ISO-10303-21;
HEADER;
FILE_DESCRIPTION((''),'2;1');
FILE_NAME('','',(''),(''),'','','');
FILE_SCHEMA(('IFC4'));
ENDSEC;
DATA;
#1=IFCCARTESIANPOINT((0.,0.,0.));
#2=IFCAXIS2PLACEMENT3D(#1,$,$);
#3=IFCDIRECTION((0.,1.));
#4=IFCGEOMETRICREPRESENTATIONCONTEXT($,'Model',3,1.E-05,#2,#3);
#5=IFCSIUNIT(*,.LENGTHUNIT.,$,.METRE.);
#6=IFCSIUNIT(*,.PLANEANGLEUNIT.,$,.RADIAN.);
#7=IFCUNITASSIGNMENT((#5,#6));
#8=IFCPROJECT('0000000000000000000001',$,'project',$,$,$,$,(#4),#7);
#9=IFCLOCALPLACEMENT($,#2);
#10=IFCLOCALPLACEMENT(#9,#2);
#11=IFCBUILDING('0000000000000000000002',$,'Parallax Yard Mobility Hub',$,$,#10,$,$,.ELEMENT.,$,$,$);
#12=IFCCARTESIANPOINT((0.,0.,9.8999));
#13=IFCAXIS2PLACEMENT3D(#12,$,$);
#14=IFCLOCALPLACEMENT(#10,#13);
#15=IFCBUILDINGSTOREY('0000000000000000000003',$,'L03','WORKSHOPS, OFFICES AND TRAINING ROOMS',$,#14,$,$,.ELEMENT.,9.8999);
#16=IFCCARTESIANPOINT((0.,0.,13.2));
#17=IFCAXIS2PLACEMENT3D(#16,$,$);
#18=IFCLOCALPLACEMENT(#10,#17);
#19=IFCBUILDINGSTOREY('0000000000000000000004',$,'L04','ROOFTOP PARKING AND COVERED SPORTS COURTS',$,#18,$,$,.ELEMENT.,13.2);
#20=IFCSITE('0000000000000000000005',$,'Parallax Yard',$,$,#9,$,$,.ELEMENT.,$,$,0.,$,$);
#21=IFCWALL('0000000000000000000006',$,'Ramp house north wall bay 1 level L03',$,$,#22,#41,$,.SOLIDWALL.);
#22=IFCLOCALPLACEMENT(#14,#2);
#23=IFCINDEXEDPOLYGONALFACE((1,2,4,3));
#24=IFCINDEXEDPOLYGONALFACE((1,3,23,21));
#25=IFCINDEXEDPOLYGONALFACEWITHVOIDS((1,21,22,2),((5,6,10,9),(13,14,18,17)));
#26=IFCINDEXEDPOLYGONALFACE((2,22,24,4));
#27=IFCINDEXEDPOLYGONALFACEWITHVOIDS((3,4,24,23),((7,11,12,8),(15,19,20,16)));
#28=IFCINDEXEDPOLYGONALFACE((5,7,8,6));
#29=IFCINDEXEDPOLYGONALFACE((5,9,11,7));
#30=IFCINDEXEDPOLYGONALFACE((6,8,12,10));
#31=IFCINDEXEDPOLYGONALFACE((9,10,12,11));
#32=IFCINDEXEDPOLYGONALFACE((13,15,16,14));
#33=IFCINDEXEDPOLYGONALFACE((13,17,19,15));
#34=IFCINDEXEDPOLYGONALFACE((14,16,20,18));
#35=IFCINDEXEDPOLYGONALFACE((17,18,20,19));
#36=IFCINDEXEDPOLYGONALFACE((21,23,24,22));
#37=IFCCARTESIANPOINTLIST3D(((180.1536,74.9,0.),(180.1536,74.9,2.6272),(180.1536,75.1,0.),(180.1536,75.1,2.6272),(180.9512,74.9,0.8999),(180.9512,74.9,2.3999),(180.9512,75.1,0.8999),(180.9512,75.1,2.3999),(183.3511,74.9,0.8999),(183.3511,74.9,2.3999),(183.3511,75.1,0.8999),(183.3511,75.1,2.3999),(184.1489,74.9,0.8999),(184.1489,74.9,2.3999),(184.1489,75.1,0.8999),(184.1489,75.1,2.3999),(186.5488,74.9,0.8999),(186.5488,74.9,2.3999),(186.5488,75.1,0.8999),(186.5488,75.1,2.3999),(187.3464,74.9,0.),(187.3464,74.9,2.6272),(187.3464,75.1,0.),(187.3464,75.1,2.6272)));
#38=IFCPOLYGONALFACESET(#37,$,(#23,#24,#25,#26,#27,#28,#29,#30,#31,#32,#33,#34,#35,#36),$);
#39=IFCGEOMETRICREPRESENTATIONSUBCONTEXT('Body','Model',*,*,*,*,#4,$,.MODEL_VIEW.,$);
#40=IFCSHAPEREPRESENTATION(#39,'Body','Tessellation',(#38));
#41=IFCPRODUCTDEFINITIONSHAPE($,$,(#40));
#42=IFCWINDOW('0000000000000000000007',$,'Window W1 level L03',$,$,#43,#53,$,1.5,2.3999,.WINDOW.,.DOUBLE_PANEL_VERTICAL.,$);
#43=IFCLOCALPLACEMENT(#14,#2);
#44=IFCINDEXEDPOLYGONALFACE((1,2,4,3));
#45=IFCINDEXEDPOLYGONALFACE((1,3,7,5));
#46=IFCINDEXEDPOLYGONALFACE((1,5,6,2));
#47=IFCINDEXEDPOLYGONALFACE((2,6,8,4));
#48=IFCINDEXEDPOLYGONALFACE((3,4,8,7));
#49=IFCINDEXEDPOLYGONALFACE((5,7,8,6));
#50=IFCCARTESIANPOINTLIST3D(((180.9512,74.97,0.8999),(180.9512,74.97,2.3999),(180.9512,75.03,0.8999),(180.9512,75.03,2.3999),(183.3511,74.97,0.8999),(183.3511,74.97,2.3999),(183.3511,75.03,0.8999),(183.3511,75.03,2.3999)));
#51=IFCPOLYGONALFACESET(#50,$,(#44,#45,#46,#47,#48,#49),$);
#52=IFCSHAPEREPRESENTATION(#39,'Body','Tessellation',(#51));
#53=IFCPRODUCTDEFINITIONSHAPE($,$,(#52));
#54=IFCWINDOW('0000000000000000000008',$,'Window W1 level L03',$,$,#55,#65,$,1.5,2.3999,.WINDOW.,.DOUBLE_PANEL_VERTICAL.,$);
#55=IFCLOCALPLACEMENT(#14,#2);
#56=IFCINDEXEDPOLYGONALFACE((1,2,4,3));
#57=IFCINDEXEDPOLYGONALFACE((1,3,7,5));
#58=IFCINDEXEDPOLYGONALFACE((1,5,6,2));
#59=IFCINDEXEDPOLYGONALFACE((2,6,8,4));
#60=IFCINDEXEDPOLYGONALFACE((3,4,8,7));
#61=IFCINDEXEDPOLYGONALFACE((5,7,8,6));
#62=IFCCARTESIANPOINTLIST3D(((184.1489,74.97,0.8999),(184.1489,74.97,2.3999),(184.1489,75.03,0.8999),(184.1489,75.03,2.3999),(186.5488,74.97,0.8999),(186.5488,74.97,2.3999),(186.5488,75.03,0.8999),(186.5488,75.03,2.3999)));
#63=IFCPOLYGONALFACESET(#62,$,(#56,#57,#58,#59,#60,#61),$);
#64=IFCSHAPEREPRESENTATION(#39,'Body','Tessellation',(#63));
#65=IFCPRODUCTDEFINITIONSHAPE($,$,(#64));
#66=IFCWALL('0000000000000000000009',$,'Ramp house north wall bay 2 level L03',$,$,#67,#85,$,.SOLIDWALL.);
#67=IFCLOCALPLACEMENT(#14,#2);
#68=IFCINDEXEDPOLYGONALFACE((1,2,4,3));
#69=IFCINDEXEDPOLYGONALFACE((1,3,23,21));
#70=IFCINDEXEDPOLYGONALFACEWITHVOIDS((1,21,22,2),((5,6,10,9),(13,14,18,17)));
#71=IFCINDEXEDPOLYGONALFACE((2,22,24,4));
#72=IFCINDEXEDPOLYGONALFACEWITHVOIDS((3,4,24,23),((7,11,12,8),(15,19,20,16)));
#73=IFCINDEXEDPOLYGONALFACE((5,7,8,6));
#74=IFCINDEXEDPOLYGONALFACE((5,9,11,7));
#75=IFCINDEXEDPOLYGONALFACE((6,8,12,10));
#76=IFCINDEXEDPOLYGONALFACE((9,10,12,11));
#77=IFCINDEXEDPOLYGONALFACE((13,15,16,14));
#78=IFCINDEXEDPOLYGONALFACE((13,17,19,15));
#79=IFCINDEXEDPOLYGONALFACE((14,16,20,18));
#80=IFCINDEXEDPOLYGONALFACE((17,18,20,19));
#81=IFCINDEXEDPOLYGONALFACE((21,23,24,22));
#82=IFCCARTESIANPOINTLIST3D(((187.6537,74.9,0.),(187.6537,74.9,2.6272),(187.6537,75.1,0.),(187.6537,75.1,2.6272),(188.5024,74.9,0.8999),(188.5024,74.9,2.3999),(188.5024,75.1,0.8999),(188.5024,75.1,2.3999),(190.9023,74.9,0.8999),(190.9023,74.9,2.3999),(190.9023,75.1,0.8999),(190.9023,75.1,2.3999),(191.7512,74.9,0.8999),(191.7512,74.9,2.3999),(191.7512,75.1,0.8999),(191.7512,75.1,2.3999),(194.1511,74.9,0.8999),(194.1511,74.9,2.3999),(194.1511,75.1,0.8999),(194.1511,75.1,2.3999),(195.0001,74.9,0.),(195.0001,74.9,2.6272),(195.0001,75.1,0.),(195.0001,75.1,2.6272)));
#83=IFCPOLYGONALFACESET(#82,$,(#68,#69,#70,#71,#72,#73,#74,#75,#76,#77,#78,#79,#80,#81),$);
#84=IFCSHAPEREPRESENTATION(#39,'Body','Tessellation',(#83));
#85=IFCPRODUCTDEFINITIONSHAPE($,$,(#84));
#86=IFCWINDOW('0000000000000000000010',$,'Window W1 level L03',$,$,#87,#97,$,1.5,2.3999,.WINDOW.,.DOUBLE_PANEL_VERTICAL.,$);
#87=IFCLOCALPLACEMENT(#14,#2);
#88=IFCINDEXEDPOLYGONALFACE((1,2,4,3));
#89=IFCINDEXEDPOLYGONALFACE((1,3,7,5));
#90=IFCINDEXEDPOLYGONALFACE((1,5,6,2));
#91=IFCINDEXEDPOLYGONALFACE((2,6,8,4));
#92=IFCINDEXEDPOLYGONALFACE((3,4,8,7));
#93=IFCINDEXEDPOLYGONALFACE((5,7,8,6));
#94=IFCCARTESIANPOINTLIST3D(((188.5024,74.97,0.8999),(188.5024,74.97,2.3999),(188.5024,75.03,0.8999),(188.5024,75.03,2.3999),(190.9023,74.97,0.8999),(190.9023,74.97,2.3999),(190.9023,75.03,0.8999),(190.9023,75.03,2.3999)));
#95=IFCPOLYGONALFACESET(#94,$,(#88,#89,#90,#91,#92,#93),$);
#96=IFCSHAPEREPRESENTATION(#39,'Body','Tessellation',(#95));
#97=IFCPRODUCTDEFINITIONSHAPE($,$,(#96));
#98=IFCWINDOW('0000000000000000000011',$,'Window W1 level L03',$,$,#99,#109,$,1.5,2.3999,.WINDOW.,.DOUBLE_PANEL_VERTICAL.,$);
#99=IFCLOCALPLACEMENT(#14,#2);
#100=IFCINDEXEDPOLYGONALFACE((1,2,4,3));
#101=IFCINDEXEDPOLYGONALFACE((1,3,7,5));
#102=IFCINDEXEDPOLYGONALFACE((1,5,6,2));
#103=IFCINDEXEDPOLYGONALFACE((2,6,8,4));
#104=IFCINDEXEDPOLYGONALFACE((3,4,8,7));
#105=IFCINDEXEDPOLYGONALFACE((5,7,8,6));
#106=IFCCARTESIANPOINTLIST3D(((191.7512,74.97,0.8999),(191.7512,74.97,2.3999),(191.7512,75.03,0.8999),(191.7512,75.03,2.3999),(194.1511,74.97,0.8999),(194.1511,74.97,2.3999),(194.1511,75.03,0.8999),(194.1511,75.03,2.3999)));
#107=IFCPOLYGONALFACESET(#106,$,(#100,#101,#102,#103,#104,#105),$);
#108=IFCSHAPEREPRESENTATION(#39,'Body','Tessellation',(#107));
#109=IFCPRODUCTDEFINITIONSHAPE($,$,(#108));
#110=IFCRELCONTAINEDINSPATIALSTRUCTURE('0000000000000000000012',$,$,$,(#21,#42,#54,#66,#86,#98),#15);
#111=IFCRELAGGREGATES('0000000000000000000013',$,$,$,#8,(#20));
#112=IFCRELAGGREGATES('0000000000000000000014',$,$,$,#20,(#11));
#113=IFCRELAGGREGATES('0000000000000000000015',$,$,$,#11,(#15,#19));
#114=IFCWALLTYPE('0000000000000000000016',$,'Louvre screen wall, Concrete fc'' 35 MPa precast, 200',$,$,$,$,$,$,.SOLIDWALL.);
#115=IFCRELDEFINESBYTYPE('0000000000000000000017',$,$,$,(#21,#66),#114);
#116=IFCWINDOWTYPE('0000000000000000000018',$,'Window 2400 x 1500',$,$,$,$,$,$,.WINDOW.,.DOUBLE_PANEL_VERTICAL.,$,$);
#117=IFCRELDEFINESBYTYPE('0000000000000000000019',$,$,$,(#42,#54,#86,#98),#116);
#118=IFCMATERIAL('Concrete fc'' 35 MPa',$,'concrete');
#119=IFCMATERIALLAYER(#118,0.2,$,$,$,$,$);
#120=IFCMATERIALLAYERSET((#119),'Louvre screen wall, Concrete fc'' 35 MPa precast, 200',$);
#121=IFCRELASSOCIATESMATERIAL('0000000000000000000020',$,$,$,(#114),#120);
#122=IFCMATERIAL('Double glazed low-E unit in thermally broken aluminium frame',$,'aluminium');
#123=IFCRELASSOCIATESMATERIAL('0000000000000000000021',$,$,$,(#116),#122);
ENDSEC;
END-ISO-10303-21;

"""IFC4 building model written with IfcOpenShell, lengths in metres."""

from ifc_helpers import new_model, si_unit, direction, frame, frame_2d, origin, place, context, subcontext, project, spatial, rectangle, extrude, material, layer, layer_set, type_object, element, fill, save


model = new_model("IFC4")

# Units and contexts
model_context = context("Model", 3, precision=1e-05, world=origin(), true_north=direction((0.0, 1.0)))
body_context = subcontext(model_context, "Body", "Model", "MODEL_VIEW")
ifc_project = project(units=[si_unit("LENGTHUNIT", "METRE"), si_unit("PLANEANGLEUNIT", "RADIAN")], contexts=[model_context])

# Site, building, storey
site_placement = place(None, origin())
site = spatial("IfcSite", under=ifc_project, at=site_placement, Name="Parallax Yard", CompositionType="ELEMENT", RefElevation=0.0)
building_placement = place(site_placement, origin())
building = spatial("IfcBuilding", under=site, at=building_placement, Name="Parallax Yard Mobility Hub", CompositionType="ELEMENT")
storey_1_placement = place(building_placement, frame((0.0, 0.0, 9.8999)))
storey_1 = spatial("IfcBuildingStorey", under=building, at=storey_1_placement, Name="L03", Description="WORKSHOPS, OFFICES AND TRAINING ROOMS", CompositionType="ELEMENT", Elevation=9.8999)

# Walls, openings, windows
ifc_material_1 = material(Name="Concrete fc' 35 MPa", Category="concrete")
ifc_layer = layer(ifc_material_1, 0.2)
ifc_layer_set = layer_set([ifc_layer], Name="Louvre screen wall, Concrete fc' 35 MPa precast, 200")
wall_type = type_object("IfcWallType", Name="Louvre screen wall, Concrete fc' 35 MPa precast, 200", PredefinedType="SOLIDWALL", material=ifc_layer_set)
wall_1_placement = place(storey_1_placement, frame((180.1536, 75.0, 0.0), z_axis=(0.0, 0.0, 1.0), x_axis=(1.0, 0.0, 0.0)))
wall_1 = element("IfcWall", 1, at=wall_1_placement, inside=storey_1, type_object=wall_type, Name="Ramp house north wall bay 1 level L03", PredefinedType="SOLIDWALL", context=body_context, shape_type="SweptSolid", body=[
    extrude(rectangle(XDim=7.1929, YDim=0.2, at=frame_2d((3.5964, 0.0))), origin(), (0.0, 0.0, 1.0), 2.6272),
])
opening_1_placement = place(wall_1_placement, frame((0.7976, 0.0, 0.8999)))
opening_1 = element("IfcOpeningElement", 2, at=opening_1_placement, cuts=wall_1, PredefinedType="OPENING", context=body_context, shape_type="SweptSolid", body=[
    extrude(rectangle(XDim=2.3999, YDim=1.5, at=frame_2d((1.2, 0.75))), frame((0.0, 0.1099, 0.0), z_axis=(0.0, -1.0, 0.0), x_axis=(1.0, 0.0, 0.0)), (0.0, 0.0, 1.0), 0.22),
])
opening_2_placement = place(wall_1_placement, frame((3.9954, 0.0, 0.8999)))
opening_2 = element("IfcOpeningElement", 3, at=opening_2_placement, cuts=wall_1, PredefinedType="OPENING", context=body_context, shape_type="SweptSolid", body=[
    extrude(rectangle(XDim=2.3999, YDim=1.5, at=frame_2d((1.2, 0.75))), frame((0.0, 0.1099, 0.0), z_axis=(0.0, -1.0, 0.0), x_axis=(1.0, 0.0, 0.0)), (0.0, 0.0, 1.0), 0.22),
])
ifc_material_2 = material(Name="Double glazed low-E unit in thermally broken aluminium frame", Category="aluminium")
window_type_1 = type_object("IfcWindowType", Name="Window 2400 x 1500", PartitioningType="DOUBLE_PANEL_VERTICAL", PredefinedType="WINDOW", material=ifc_material_2)
window_1_placement = place(opening_1_placement, origin())
window_1 = element("IfcWindow", 4, at=window_1_placement, inside=storey_1, type_object=window_type_1, Name="Window W1 level L03", OverallHeight=1.5, OverallWidth=2.3999, PartitioningType="DOUBLE_PANEL_VERTICAL", PredefinedType="WINDOW", context=body_context, shape_type="SweptSolid", body=[
    extrude(rectangle(XDim=2.3999, YDim=1.5, at=frame_2d((1.2, 0.75))), frame((0.0, 0.03, 0.0), z_axis=(0.0, -1.0, 0.0), x_axis=(1.0, 0.0, 0.0)), (0.0, 0.0, 1.0), 0.0601),
])
fill(opening_1, window_1)
window_2_placement = place(opening_2_placement, origin())
window_2 = element("IfcWindow", 5, at=window_2_placement, inside=storey_1, type_object=window_type_1, Name="Window W1 level L03", OverallHeight=1.5, OverallWidth=2.3999, PartitioningType="DOUBLE_PANEL_VERTICAL", PredefinedType="WINDOW", context=body_context, shape_type="SweptSolid", body=[
    extrude(rectangle(XDim=2.3999, YDim=1.5, at=frame_2d((1.2, 0.75))), frame((0.0, 0.03, 0.0), z_axis=(0.0, -1.0, 0.0), x_axis=(1.0, 0.0, 0.0)), (0.0, 0.0, 1.0), 0.0601),
])
fill(opening_2, window_2)
wall_2_placement = place(storey_1_placement, frame((187.6536, 75.0, 0.0), z_axis=(0.0, 0.0, 1.0), x_axis=(1.0, 0.0, 0.0)))
wall_2 = element("IfcWall", 6, at=wall_2_placement, inside=storey_1, type_object=wall_type, Name="Ramp house north wall bay 2 level L03", PredefinedType="SOLIDWALL", context=body_context, shape_type="SweptSolid", body=[
    extrude(rectangle(XDim=7.3464, YDim=0.2, at=frame_2d((3.6733, 0.0))), origin(), (0.0, 0.0, 1.0), 2.6272),
])
opening_3_placement = place(wall_2_placement, frame((0.8489, 0.0, 0.8999)))
opening_3 = element("IfcOpeningElement", 7, at=opening_3_placement, cuts=wall_2, PredefinedType="OPENING", context=body_context, shape_type="SweptSolid", body=[
    extrude(rectangle(XDim=2.3999, YDim=1.5, at=frame_2d((1.2, 0.75))), frame((0.0, 0.1099, 0.0), z_axis=(0.0, -1.0, 0.0), x_axis=(1.0, 0.0, 0.0)), (0.0, 0.0, 1.0), 0.22),
])
opening_4_placement = place(wall_2_placement, frame((4.0977, 0.0, 0.8999)))
opening_4 = element("IfcOpeningElement", 8, at=opening_4_placement, cuts=wall_2, PredefinedType="OPENING", context=body_context, shape_type="SweptSolid", body=[
    extrude(rectangle(XDim=2.3999, YDim=1.5, at=frame_2d((1.2, 0.75))), frame((0.0, 0.1099, 0.0), z_axis=(0.0, -1.0, 0.0), x_axis=(1.0, 0.0, 0.0)), (0.0, 0.0, 1.0), 0.22),
])
window_3_placement = place(opening_3_placement, origin())
window_3 = element("IfcWindow", 9, at=window_3_placement, inside=storey_1, type_object=window_type_1, Name="Window W1 level L03", OverallHeight=1.5, OverallWidth=2.3999, PartitioningType="DOUBLE_PANEL_VERTICAL", PredefinedType="WINDOW", context=body_context, shape_type="SweptSolid", body=[
    extrude(rectangle(XDim=2.3999, YDim=1.5, at=frame_2d((1.2, 0.75))), frame((0.0, 0.03, 0.0), z_axis=(0.0, -1.0, 0.0), x_axis=(1.0, 0.0, 0.0)), (0.0, 0.0, 1.0), 0.0601),
])
fill(opening_3, window_3)
window_4_placement = place(opening_4_placement, origin())
window_4 = element("IfcWindow", 10, at=window_4_placement, inside=storey_1, type_object=window_type_1, Name="Window W1 level L03", OverallHeight=1.5, OverallWidth=2.3999, PartitioningType="DOUBLE_PANEL_VERTICAL", PredefinedType="WINDOW", context=body_context, shape_type="SweptSolid", body=[
    extrude(rectangle(XDim=2.3999, YDim=1.5, at=frame_2d((1.2, 0.75))), frame((0.0, 0.03, 0.0), z_axis=(0.0, -1.0, 0.0), x_axis=(1.0, 0.0, 0.0)), (0.0, 0.0, 1.0), 0.0601),
])
fill(opening_4, window_4)

# Shared definitions
storey_2_placement = place(building_placement, frame((0.0, 0.0, 13.2)))
storey_2 = spatial("IfcBuildingStorey", under=building, at=storey_2_placement, Name="L04", Description="ROOFTOP PARKING AND COVERED SPORTS COURTS", CompositionType="ELEMENT", Elevation=13.2)

save(model, "model.ifc")
